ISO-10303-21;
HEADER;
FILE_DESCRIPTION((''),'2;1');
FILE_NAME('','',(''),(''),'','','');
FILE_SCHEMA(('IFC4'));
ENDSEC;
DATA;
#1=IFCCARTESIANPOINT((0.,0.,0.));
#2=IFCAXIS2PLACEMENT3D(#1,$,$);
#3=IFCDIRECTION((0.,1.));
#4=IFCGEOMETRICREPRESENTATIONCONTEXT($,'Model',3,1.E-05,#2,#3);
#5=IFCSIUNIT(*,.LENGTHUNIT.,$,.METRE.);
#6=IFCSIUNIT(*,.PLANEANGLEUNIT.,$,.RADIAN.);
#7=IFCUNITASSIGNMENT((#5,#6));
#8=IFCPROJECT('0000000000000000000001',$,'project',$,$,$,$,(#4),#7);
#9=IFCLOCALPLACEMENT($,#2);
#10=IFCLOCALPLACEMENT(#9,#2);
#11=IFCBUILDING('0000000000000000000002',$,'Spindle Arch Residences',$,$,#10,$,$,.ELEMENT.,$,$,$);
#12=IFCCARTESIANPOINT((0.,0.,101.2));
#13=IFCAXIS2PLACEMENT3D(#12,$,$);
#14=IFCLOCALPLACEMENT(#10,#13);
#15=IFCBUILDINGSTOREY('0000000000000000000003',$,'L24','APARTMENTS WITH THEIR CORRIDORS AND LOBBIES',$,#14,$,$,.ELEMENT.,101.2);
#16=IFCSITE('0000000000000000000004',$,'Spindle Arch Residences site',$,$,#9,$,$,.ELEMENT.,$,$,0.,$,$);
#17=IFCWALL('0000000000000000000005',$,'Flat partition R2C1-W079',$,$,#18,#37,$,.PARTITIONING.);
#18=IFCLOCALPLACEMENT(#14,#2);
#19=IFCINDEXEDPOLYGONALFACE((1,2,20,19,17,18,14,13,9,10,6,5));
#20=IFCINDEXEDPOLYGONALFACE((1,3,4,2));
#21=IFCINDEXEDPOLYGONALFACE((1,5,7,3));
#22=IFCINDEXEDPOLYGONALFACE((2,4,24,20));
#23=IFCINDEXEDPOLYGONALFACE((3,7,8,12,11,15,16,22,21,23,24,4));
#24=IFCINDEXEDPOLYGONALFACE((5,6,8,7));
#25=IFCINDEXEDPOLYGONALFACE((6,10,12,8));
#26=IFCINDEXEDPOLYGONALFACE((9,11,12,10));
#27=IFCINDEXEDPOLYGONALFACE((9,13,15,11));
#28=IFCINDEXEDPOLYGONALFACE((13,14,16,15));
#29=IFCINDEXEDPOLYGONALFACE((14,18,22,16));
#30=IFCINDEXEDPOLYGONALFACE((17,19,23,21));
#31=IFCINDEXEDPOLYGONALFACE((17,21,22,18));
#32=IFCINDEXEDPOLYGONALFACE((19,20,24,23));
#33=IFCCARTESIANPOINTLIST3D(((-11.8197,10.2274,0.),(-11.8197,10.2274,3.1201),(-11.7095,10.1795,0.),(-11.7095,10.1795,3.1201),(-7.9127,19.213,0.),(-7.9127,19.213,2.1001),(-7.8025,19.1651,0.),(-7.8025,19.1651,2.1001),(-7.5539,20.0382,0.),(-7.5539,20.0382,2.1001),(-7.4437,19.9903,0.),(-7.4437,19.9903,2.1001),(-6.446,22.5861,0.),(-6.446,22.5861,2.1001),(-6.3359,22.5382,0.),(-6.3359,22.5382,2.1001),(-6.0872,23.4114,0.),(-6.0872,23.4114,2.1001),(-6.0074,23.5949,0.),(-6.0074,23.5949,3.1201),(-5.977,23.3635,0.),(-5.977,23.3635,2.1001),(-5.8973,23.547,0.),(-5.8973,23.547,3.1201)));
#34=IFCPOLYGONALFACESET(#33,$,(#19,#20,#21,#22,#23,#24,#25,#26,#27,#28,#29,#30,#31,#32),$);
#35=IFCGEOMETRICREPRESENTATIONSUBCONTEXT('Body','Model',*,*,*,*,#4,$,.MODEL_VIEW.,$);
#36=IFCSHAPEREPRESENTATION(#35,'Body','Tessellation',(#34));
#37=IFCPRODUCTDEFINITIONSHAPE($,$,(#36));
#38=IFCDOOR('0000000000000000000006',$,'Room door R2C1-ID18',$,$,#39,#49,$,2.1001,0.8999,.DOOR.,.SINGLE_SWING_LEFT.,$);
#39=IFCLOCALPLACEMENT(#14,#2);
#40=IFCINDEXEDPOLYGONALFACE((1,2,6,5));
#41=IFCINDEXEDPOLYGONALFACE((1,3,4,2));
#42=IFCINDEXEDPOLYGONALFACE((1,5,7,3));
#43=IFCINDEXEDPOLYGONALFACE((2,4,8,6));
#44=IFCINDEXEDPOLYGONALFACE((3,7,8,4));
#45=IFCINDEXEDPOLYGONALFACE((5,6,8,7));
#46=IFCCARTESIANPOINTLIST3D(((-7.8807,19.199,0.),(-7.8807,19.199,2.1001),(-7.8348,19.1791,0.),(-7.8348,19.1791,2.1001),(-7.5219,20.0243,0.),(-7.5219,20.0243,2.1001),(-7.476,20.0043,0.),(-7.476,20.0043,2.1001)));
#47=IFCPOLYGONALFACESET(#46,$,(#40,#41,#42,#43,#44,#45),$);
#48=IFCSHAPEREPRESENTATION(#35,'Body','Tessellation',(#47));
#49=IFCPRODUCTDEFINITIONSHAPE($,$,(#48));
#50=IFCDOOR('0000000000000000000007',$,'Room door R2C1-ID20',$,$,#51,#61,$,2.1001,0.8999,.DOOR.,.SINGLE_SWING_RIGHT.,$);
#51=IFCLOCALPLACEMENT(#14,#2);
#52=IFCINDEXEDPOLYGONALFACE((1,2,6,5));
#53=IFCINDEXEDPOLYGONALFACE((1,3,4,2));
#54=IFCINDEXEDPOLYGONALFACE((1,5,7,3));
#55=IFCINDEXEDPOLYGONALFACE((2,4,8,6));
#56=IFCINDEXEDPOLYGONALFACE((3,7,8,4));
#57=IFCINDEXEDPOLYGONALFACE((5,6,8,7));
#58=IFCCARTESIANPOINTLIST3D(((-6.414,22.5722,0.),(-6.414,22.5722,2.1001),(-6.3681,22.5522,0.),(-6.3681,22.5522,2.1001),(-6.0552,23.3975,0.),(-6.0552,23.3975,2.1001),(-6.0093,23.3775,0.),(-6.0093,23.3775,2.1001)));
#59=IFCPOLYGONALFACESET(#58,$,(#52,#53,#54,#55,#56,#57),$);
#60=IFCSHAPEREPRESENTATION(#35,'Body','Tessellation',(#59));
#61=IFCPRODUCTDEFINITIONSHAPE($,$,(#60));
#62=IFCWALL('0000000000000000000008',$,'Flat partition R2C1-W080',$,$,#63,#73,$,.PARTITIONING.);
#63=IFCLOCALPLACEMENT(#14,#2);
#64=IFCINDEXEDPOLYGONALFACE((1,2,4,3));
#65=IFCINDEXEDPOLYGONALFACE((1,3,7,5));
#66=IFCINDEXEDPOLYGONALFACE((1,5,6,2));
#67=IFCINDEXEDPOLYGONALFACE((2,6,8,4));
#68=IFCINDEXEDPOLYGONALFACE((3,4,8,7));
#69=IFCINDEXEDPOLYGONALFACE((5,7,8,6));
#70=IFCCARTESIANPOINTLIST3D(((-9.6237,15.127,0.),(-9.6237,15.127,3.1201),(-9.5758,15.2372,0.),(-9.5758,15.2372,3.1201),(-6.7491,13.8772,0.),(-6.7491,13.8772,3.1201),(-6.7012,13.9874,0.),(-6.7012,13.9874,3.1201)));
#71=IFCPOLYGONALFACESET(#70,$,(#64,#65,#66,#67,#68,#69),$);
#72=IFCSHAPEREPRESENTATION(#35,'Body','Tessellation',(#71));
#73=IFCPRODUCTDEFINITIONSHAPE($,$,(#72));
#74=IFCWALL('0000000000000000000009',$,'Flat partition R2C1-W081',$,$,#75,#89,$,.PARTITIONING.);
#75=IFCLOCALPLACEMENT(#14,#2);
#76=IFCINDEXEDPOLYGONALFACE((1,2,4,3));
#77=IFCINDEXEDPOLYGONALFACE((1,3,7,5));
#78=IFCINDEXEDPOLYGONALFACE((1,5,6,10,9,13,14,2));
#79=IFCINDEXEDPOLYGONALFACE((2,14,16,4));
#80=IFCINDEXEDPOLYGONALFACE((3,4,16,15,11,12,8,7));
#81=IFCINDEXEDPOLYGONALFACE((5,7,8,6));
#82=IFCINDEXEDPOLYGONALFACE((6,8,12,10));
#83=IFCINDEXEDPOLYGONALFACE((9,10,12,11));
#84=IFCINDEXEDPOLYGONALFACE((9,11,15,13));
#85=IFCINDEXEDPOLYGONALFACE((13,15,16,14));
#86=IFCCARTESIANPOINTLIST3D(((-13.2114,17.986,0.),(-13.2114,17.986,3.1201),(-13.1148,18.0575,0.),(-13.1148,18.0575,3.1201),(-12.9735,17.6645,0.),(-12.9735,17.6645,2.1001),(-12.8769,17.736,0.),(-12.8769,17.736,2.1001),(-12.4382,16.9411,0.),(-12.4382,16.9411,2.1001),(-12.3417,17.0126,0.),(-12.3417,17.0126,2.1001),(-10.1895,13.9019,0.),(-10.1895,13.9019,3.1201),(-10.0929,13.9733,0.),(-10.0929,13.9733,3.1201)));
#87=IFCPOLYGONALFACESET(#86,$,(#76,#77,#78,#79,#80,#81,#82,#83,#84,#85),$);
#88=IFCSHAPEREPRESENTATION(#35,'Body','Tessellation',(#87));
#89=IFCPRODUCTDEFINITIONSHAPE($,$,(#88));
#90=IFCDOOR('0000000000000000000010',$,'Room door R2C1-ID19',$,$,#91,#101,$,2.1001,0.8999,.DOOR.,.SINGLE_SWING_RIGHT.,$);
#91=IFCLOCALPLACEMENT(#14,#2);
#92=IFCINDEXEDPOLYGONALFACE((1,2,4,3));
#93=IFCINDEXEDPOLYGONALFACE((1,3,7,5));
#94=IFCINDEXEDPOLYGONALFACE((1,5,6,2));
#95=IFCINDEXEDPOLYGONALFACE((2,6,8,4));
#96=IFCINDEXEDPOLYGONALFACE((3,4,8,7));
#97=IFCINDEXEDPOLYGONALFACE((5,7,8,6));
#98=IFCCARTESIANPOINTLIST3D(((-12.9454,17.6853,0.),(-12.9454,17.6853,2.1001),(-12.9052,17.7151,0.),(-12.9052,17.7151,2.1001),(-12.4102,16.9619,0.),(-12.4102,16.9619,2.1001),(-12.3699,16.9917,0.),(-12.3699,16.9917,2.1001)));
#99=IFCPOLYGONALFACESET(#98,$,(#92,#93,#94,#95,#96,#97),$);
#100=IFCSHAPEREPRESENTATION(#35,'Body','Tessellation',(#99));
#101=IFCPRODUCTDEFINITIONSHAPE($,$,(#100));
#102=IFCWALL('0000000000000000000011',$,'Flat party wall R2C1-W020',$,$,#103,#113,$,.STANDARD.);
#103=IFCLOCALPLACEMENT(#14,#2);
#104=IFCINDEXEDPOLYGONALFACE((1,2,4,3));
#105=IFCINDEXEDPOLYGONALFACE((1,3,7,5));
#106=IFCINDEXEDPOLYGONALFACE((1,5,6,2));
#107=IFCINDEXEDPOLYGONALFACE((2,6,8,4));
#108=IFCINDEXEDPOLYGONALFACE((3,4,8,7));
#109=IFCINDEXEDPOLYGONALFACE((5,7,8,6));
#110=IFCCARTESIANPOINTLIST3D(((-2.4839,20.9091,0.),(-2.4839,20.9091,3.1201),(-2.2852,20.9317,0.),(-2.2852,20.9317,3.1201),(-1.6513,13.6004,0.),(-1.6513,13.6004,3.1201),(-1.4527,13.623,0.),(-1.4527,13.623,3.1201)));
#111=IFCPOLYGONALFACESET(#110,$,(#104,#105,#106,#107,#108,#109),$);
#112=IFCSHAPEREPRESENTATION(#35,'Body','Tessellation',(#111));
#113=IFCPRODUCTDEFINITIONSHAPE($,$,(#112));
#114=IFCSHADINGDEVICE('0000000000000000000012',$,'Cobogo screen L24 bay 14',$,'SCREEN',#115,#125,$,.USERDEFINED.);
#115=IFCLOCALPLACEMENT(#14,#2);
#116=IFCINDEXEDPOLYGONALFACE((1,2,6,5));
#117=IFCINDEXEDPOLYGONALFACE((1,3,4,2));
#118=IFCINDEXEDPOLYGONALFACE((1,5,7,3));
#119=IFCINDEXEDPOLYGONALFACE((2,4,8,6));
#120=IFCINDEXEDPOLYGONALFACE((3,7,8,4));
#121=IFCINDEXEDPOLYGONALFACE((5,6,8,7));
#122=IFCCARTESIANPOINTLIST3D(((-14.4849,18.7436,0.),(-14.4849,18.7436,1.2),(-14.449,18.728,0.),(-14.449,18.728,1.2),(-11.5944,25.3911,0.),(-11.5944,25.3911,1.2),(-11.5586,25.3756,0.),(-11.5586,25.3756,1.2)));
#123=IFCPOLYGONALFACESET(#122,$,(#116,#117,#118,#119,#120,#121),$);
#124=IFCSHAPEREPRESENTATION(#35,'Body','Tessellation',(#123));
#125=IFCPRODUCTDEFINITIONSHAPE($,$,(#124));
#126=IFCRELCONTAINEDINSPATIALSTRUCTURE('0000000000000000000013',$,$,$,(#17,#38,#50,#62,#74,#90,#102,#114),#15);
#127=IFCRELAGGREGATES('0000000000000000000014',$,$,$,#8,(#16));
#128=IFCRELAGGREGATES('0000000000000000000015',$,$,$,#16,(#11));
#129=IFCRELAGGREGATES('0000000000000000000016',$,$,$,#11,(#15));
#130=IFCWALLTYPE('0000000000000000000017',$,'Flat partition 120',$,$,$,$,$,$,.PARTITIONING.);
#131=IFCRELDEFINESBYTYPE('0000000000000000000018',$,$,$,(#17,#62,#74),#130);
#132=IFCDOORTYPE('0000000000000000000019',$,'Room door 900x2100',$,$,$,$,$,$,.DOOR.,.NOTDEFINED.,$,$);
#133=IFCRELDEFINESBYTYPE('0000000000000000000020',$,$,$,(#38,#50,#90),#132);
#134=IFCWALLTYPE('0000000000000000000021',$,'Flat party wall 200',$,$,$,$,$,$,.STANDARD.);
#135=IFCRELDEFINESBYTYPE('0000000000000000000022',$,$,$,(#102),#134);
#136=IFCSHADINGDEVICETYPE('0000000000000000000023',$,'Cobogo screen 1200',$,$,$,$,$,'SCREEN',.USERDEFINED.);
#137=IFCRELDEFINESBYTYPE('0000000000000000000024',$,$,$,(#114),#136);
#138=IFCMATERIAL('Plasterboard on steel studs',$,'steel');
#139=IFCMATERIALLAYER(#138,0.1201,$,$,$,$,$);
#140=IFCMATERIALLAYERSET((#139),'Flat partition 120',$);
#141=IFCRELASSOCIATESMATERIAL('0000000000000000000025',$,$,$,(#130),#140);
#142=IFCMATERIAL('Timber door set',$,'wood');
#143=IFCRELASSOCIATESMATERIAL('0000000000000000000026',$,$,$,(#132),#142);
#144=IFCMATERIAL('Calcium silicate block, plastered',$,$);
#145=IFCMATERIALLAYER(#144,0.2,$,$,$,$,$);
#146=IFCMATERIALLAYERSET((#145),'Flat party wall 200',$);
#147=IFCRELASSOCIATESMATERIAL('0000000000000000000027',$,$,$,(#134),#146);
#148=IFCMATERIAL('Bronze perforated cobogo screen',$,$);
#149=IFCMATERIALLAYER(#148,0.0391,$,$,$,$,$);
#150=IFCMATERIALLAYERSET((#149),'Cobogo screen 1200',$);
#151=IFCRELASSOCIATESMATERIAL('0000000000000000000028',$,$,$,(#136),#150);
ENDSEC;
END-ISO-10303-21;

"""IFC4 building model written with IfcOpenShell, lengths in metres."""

from ifc_helpers import new_model, si_unit, direction, frame, frame_2d, origin, origin_2d, place, context, subcontext, project, spatial, rectangle, extrude, material, layer, layer_set, type_object, element, fill, save


model = new_model("IFC4")

# Units and contexts
model_context = context("Model", 3, precision=1e-05, world=origin(), true_north=direction((0.0, 1.0)))
body_context = subcontext(model_context, "Body", "Model", "MODEL_VIEW")
ifc_project = project(units=[si_unit("LENGTHUNIT", "METRE"), si_unit("PLANEANGLEUNIT", "RADIAN")], contexts=[model_context])

# Site, building, storey
site_placement = place(None, origin())
site = spatial("IfcSite", under=ifc_project, at=site_placement, Name="Spindle Arch Residences site", CompositionType="ELEMENT", RefElevation=0.0)
building_placement = place(site_placement, origin())
building = spatial("IfcBuilding", under=site, at=building_placement, Name="Spindle Arch Residences", CompositionType="ELEMENT")
storey_placement = place(building_placement, frame((0.0, 0.0, 101.2)))
storey = spatial("IfcBuildingStorey", under=building, at=storey_placement, Name="L24", Description="APARTMENTS WITH THEIR CORRIDORS AND LOBBIES", CompositionType="ELEMENT", Elevation=101.2)

# Shared definitions
ifc_material_1 = material(Name="Plasterboard on steel studs", Category="steel")
ifc_layer_1 = layer(ifc_material_1, 0.1201)
ifc_layer_set_1 = layer_set([ifc_layer_1], Name="Flat partition 120")
wall_type_1 = type_object("IfcWallType", Name="Flat partition 120", PredefinedType="PARTITIONING", material=ifc_layer_set_1)

# Wall, openings, doors
wall_1_placement = place(storey_placement, frame((-5.9524, 23.5708, 0.0), z_axis=(0.0, 0.0, 1.0), x_axis=(-0.398745, -0.917062, 0.0)))
wall_1 = element("IfcWall", 1, at=wall_1_placement, inside=storey, type_object=wall_type_1, Name="Flat partition R2C1-W079", PredefinedType="PARTITIONING", context=body_context, shape_type="SweptSolid", body=[
    extrude(rectangle(XDim=14.5764, YDim=0.1201, at=frame_2d((7.2881, 0.0))), origin(), (0.0, 0.0, 1.0), 3.1201),
])
opening_1_placement = place(wall_1_placement, frame((3.8782, 0.0, 0.0)))
opening_1 = element("IfcOpeningElement", 2, at=opening_1_placement, cuts=wall_1, PredefinedType="OPENING", context=body_context, shape_type="SweptSolid", body=[
    extrude(rectangle(XDim=0.8999, YDim=2.1001, at=frame_2d((0.45, 1.05))), frame((0.0, 0.0701, 0.0), z_axis=(0.0, -1.0, 0.0), x_axis=(1.0, 0.0, 0.0)), (0.0, 0.0, 1.0), 0.1401),
])
opening_2_placement = place(wall_1_placement, frame((0.2, 0.0, 0.0)))
opening_2 = element("IfcOpeningElement", 3, at=opening_2_placement, cuts=wall_1, PredefinedType="OPENING", context=body_context, shape_type="SweptSolid", body=[
    extrude(rectangle(XDim=0.8999, YDim=2.1001, at=frame_2d((0.45, 1.05))), frame((0.0, 0.0701, 0.0), z_axis=(0.0, -1.0, 0.0), x_axis=(1.0, 0.0, 0.0)), (0.0, 0.0, 1.0), 0.1401),
])
ifc_material_2 = material(Name="Timber door set", Category="wood")
door_type_1 = type_object("IfcDoorType", Name="Room door 900x2100", OperationType="NOTDEFINED", PredefinedType="DOOR", material=ifc_material_2)
door_1_placement = place(opening_1_placement, origin())
door_1 = element("IfcDoor", 4, at=door_1_placement, inside=storey, type_object=door_type_1, Name="Room door R2C1-ID18", OperationType="SINGLE_SWING_LEFT", OverallHeight=2.1001, OverallWidth=0.8999, PredefinedType="DOOR", context=body_context, shape_type="SweptSolid", body=[
    extrude(rectangle(XDim=0.8999, YDim=2.1001, at=frame_2d((0.45, 1.05))), frame((0.0, 0.0249, 0.0), z_axis=(0.0, -1.0, 0.0), x_axis=(1.0, 0.0, 0.0)), (0.0, 0.0, 1.0), 0.05),
])
fill(opening_1, door_1)
door_2_placement = place(opening_2_placement, origin())
door_2 = element("IfcDoor", 5, at=door_2_placement, inside=storey, type_object=door_type_1, Name="Room door R2C1-ID20", OperationType="SINGLE_SWING_RIGHT", OverallHeight=2.1001, OverallWidth=0.8999, PredefinedType="DOOR", context=body_context, shape_type="SweptSolid", body=[
    extrude(rectangle(XDim=0.8999, YDim=2.1001, at=frame_2d((0.45, 1.05))), frame((0.0, 0.0249, 0.0), z_axis=(0.0, -1.0, 0.0), x_axis=(1.0, 0.0, 0.0)), (0.0, 0.0, 1.0), 0.05),
])
fill(opening_2, door_2)

# Wall
wall_2_placement = place(storey_placement, frame((-9.5999, 15.1821, 0.0), z_axis=(0.0, 0.0, 1.0), x_axis=(0.917074, -0.398718, 0.0)))
element("IfcWall", 6, at=wall_2_placement, inside=storey, type_object=wall_type_1, Name="Flat partition R2C1-W080", PredefinedType="PARTITIONING", context=body_context, shape_type="SweptSolid", body=[
    extrude(rectangle(XDim=3.1345, YDim=0.1201, at=frame_2d((1.5674, 0.0))), origin(), (0.0, 0.0, 1.0), 3.1201),
])

# Wall, opening, door
wall_3_placement = place(storey_placement, frame((-13.1631, 18.0217, 0.0), z_axis=(0.0, 0.0, 1.0), x_axis=(0.594798, -0.803875, 0.0)))
wall_3 = element("IfcWall", 7, at=wall_3_placement, inside=storey, type_object=wall_type_1, Name="Flat partition R2C1-W081", PredefinedType="PARTITIONING", context=body_context, shape_type="SweptSolid", body=[
    extrude(rectangle(XDim=5.0806, YDim=0.1201, at=frame_2d((2.5403, 0.0))), origin(), (0.0, 0.0, 1.0), 3.1201),
])
opening_3_placement = place(wall_3_placement, frame((0.3999, 0.0, 0.0)))
opening_3 = element("IfcOpeningElement", 8, at=opening_3_placement, cuts=wall_3, PredefinedType="OPENING", context=body_context, shape_type="SweptSolid", body=[
    extrude(rectangle(XDim=0.8999, YDim=2.1001, at=frame_2d((0.45, 1.05))), frame((0.0, 0.0701, 0.0), z_axis=(0.0, -1.0, 0.0), x_axis=(1.0, 0.0, 0.0)), (0.0, 0.0, 1.0), 0.1401),
])
door_3_placement = place(opening_3_placement, origin())
door_3 = element("IfcDoor", 9, at=door_3_placement, inside=storey, type_object=door_type_1, Name="Room door R2C1-ID19", OperationType="SINGLE_SWING_RIGHT", OverallHeight=2.1001, OverallWidth=0.8999, PredefinedType="DOOR", context=body_context, shape_type="SweptSolid", body=[
    extrude(rectangle(XDim=0.8999, YDim=2.1001, at=frame_2d((0.45, 1.05))), frame((0.0, 0.0249, 0.0), z_axis=(0.0, -1.0, 0.0), x_axis=(1.0, 0.0, 0.0)), (0.0, 0.0, 1.0), 0.05),
])
fill(opening_3, door_3)

# Wall
ifc_material_3 = material(Name="Calcium silicate block, plastered")
ifc_layer_2 = layer(ifc_material_3, 0.2)
ifc_layer_set_2 = layer_set([ifc_layer_2], Name="Flat party wall 200")
wall_type_2 = type_object("IfcWallType", Name="Flat party wall 200", PredefinedType="STANDARD", material=ifc_layer_set_2)
wall_4_placement = place(storey_placement, frame((-2.3845, 20.9204, 0.0), z_axis=(0.0, 0.0, 1.0), x_axis=(0.113178, -0.993575, 0.0)))
element("IfcWall", 10, at=wall_4_placement, inside=storey, type_object=wall_type_2, Name="Flat party wall R2C1-W020", PredefinedType="STANDARD", context=body_context, shape_type="SweptSolid", body=[
    extrude(rectangle(XDim=7.356, YDim=0.2, at=frame_2d((3.678, 0.0))), origin(), (0.0, 0.0, 1.0), 3.1201),
])

# Shading device
ifc_material_4 = material(Name="Bronze perforated cobogo screen")
ifc_layer_3 = layer(ifc_material_4, 0.0391)
ifc_layer_set_3 = layer_set([ifc_layer_3], Name="Cobogo screen 1200")
shading_device_type = type_object("IfcShadingDeviceType", Name="Cobogo screen 1200", ElementType="SCREEN", PredefinedType="USERDEFINED", material=ifc_layer_set_3)
shading_device_placement = place(storey_placement, frame((-13.0217, 22.0596, 0.0), z_axis=(0.0, 0.0, 1.0), x_axis=(-0.398749, -0.91706, 0.0)))
element("IfcShadingDevice", 11, at=shading_device_placement, inside=storey, type_object=shading_device_type, Name="Cobogo screen L24 bay 14", ObjectType="SCREEN", PredefinedType="USERDEFINED", context=body_context, shape_type="SweptSolid", body=[
    extrude(rectangle(XDim=7.2488, YDim=0.0391, at=origin_2d()), origin(), (0.0, 0.0, 1.0), 1.2),
])

save(model, "model.ifc")
